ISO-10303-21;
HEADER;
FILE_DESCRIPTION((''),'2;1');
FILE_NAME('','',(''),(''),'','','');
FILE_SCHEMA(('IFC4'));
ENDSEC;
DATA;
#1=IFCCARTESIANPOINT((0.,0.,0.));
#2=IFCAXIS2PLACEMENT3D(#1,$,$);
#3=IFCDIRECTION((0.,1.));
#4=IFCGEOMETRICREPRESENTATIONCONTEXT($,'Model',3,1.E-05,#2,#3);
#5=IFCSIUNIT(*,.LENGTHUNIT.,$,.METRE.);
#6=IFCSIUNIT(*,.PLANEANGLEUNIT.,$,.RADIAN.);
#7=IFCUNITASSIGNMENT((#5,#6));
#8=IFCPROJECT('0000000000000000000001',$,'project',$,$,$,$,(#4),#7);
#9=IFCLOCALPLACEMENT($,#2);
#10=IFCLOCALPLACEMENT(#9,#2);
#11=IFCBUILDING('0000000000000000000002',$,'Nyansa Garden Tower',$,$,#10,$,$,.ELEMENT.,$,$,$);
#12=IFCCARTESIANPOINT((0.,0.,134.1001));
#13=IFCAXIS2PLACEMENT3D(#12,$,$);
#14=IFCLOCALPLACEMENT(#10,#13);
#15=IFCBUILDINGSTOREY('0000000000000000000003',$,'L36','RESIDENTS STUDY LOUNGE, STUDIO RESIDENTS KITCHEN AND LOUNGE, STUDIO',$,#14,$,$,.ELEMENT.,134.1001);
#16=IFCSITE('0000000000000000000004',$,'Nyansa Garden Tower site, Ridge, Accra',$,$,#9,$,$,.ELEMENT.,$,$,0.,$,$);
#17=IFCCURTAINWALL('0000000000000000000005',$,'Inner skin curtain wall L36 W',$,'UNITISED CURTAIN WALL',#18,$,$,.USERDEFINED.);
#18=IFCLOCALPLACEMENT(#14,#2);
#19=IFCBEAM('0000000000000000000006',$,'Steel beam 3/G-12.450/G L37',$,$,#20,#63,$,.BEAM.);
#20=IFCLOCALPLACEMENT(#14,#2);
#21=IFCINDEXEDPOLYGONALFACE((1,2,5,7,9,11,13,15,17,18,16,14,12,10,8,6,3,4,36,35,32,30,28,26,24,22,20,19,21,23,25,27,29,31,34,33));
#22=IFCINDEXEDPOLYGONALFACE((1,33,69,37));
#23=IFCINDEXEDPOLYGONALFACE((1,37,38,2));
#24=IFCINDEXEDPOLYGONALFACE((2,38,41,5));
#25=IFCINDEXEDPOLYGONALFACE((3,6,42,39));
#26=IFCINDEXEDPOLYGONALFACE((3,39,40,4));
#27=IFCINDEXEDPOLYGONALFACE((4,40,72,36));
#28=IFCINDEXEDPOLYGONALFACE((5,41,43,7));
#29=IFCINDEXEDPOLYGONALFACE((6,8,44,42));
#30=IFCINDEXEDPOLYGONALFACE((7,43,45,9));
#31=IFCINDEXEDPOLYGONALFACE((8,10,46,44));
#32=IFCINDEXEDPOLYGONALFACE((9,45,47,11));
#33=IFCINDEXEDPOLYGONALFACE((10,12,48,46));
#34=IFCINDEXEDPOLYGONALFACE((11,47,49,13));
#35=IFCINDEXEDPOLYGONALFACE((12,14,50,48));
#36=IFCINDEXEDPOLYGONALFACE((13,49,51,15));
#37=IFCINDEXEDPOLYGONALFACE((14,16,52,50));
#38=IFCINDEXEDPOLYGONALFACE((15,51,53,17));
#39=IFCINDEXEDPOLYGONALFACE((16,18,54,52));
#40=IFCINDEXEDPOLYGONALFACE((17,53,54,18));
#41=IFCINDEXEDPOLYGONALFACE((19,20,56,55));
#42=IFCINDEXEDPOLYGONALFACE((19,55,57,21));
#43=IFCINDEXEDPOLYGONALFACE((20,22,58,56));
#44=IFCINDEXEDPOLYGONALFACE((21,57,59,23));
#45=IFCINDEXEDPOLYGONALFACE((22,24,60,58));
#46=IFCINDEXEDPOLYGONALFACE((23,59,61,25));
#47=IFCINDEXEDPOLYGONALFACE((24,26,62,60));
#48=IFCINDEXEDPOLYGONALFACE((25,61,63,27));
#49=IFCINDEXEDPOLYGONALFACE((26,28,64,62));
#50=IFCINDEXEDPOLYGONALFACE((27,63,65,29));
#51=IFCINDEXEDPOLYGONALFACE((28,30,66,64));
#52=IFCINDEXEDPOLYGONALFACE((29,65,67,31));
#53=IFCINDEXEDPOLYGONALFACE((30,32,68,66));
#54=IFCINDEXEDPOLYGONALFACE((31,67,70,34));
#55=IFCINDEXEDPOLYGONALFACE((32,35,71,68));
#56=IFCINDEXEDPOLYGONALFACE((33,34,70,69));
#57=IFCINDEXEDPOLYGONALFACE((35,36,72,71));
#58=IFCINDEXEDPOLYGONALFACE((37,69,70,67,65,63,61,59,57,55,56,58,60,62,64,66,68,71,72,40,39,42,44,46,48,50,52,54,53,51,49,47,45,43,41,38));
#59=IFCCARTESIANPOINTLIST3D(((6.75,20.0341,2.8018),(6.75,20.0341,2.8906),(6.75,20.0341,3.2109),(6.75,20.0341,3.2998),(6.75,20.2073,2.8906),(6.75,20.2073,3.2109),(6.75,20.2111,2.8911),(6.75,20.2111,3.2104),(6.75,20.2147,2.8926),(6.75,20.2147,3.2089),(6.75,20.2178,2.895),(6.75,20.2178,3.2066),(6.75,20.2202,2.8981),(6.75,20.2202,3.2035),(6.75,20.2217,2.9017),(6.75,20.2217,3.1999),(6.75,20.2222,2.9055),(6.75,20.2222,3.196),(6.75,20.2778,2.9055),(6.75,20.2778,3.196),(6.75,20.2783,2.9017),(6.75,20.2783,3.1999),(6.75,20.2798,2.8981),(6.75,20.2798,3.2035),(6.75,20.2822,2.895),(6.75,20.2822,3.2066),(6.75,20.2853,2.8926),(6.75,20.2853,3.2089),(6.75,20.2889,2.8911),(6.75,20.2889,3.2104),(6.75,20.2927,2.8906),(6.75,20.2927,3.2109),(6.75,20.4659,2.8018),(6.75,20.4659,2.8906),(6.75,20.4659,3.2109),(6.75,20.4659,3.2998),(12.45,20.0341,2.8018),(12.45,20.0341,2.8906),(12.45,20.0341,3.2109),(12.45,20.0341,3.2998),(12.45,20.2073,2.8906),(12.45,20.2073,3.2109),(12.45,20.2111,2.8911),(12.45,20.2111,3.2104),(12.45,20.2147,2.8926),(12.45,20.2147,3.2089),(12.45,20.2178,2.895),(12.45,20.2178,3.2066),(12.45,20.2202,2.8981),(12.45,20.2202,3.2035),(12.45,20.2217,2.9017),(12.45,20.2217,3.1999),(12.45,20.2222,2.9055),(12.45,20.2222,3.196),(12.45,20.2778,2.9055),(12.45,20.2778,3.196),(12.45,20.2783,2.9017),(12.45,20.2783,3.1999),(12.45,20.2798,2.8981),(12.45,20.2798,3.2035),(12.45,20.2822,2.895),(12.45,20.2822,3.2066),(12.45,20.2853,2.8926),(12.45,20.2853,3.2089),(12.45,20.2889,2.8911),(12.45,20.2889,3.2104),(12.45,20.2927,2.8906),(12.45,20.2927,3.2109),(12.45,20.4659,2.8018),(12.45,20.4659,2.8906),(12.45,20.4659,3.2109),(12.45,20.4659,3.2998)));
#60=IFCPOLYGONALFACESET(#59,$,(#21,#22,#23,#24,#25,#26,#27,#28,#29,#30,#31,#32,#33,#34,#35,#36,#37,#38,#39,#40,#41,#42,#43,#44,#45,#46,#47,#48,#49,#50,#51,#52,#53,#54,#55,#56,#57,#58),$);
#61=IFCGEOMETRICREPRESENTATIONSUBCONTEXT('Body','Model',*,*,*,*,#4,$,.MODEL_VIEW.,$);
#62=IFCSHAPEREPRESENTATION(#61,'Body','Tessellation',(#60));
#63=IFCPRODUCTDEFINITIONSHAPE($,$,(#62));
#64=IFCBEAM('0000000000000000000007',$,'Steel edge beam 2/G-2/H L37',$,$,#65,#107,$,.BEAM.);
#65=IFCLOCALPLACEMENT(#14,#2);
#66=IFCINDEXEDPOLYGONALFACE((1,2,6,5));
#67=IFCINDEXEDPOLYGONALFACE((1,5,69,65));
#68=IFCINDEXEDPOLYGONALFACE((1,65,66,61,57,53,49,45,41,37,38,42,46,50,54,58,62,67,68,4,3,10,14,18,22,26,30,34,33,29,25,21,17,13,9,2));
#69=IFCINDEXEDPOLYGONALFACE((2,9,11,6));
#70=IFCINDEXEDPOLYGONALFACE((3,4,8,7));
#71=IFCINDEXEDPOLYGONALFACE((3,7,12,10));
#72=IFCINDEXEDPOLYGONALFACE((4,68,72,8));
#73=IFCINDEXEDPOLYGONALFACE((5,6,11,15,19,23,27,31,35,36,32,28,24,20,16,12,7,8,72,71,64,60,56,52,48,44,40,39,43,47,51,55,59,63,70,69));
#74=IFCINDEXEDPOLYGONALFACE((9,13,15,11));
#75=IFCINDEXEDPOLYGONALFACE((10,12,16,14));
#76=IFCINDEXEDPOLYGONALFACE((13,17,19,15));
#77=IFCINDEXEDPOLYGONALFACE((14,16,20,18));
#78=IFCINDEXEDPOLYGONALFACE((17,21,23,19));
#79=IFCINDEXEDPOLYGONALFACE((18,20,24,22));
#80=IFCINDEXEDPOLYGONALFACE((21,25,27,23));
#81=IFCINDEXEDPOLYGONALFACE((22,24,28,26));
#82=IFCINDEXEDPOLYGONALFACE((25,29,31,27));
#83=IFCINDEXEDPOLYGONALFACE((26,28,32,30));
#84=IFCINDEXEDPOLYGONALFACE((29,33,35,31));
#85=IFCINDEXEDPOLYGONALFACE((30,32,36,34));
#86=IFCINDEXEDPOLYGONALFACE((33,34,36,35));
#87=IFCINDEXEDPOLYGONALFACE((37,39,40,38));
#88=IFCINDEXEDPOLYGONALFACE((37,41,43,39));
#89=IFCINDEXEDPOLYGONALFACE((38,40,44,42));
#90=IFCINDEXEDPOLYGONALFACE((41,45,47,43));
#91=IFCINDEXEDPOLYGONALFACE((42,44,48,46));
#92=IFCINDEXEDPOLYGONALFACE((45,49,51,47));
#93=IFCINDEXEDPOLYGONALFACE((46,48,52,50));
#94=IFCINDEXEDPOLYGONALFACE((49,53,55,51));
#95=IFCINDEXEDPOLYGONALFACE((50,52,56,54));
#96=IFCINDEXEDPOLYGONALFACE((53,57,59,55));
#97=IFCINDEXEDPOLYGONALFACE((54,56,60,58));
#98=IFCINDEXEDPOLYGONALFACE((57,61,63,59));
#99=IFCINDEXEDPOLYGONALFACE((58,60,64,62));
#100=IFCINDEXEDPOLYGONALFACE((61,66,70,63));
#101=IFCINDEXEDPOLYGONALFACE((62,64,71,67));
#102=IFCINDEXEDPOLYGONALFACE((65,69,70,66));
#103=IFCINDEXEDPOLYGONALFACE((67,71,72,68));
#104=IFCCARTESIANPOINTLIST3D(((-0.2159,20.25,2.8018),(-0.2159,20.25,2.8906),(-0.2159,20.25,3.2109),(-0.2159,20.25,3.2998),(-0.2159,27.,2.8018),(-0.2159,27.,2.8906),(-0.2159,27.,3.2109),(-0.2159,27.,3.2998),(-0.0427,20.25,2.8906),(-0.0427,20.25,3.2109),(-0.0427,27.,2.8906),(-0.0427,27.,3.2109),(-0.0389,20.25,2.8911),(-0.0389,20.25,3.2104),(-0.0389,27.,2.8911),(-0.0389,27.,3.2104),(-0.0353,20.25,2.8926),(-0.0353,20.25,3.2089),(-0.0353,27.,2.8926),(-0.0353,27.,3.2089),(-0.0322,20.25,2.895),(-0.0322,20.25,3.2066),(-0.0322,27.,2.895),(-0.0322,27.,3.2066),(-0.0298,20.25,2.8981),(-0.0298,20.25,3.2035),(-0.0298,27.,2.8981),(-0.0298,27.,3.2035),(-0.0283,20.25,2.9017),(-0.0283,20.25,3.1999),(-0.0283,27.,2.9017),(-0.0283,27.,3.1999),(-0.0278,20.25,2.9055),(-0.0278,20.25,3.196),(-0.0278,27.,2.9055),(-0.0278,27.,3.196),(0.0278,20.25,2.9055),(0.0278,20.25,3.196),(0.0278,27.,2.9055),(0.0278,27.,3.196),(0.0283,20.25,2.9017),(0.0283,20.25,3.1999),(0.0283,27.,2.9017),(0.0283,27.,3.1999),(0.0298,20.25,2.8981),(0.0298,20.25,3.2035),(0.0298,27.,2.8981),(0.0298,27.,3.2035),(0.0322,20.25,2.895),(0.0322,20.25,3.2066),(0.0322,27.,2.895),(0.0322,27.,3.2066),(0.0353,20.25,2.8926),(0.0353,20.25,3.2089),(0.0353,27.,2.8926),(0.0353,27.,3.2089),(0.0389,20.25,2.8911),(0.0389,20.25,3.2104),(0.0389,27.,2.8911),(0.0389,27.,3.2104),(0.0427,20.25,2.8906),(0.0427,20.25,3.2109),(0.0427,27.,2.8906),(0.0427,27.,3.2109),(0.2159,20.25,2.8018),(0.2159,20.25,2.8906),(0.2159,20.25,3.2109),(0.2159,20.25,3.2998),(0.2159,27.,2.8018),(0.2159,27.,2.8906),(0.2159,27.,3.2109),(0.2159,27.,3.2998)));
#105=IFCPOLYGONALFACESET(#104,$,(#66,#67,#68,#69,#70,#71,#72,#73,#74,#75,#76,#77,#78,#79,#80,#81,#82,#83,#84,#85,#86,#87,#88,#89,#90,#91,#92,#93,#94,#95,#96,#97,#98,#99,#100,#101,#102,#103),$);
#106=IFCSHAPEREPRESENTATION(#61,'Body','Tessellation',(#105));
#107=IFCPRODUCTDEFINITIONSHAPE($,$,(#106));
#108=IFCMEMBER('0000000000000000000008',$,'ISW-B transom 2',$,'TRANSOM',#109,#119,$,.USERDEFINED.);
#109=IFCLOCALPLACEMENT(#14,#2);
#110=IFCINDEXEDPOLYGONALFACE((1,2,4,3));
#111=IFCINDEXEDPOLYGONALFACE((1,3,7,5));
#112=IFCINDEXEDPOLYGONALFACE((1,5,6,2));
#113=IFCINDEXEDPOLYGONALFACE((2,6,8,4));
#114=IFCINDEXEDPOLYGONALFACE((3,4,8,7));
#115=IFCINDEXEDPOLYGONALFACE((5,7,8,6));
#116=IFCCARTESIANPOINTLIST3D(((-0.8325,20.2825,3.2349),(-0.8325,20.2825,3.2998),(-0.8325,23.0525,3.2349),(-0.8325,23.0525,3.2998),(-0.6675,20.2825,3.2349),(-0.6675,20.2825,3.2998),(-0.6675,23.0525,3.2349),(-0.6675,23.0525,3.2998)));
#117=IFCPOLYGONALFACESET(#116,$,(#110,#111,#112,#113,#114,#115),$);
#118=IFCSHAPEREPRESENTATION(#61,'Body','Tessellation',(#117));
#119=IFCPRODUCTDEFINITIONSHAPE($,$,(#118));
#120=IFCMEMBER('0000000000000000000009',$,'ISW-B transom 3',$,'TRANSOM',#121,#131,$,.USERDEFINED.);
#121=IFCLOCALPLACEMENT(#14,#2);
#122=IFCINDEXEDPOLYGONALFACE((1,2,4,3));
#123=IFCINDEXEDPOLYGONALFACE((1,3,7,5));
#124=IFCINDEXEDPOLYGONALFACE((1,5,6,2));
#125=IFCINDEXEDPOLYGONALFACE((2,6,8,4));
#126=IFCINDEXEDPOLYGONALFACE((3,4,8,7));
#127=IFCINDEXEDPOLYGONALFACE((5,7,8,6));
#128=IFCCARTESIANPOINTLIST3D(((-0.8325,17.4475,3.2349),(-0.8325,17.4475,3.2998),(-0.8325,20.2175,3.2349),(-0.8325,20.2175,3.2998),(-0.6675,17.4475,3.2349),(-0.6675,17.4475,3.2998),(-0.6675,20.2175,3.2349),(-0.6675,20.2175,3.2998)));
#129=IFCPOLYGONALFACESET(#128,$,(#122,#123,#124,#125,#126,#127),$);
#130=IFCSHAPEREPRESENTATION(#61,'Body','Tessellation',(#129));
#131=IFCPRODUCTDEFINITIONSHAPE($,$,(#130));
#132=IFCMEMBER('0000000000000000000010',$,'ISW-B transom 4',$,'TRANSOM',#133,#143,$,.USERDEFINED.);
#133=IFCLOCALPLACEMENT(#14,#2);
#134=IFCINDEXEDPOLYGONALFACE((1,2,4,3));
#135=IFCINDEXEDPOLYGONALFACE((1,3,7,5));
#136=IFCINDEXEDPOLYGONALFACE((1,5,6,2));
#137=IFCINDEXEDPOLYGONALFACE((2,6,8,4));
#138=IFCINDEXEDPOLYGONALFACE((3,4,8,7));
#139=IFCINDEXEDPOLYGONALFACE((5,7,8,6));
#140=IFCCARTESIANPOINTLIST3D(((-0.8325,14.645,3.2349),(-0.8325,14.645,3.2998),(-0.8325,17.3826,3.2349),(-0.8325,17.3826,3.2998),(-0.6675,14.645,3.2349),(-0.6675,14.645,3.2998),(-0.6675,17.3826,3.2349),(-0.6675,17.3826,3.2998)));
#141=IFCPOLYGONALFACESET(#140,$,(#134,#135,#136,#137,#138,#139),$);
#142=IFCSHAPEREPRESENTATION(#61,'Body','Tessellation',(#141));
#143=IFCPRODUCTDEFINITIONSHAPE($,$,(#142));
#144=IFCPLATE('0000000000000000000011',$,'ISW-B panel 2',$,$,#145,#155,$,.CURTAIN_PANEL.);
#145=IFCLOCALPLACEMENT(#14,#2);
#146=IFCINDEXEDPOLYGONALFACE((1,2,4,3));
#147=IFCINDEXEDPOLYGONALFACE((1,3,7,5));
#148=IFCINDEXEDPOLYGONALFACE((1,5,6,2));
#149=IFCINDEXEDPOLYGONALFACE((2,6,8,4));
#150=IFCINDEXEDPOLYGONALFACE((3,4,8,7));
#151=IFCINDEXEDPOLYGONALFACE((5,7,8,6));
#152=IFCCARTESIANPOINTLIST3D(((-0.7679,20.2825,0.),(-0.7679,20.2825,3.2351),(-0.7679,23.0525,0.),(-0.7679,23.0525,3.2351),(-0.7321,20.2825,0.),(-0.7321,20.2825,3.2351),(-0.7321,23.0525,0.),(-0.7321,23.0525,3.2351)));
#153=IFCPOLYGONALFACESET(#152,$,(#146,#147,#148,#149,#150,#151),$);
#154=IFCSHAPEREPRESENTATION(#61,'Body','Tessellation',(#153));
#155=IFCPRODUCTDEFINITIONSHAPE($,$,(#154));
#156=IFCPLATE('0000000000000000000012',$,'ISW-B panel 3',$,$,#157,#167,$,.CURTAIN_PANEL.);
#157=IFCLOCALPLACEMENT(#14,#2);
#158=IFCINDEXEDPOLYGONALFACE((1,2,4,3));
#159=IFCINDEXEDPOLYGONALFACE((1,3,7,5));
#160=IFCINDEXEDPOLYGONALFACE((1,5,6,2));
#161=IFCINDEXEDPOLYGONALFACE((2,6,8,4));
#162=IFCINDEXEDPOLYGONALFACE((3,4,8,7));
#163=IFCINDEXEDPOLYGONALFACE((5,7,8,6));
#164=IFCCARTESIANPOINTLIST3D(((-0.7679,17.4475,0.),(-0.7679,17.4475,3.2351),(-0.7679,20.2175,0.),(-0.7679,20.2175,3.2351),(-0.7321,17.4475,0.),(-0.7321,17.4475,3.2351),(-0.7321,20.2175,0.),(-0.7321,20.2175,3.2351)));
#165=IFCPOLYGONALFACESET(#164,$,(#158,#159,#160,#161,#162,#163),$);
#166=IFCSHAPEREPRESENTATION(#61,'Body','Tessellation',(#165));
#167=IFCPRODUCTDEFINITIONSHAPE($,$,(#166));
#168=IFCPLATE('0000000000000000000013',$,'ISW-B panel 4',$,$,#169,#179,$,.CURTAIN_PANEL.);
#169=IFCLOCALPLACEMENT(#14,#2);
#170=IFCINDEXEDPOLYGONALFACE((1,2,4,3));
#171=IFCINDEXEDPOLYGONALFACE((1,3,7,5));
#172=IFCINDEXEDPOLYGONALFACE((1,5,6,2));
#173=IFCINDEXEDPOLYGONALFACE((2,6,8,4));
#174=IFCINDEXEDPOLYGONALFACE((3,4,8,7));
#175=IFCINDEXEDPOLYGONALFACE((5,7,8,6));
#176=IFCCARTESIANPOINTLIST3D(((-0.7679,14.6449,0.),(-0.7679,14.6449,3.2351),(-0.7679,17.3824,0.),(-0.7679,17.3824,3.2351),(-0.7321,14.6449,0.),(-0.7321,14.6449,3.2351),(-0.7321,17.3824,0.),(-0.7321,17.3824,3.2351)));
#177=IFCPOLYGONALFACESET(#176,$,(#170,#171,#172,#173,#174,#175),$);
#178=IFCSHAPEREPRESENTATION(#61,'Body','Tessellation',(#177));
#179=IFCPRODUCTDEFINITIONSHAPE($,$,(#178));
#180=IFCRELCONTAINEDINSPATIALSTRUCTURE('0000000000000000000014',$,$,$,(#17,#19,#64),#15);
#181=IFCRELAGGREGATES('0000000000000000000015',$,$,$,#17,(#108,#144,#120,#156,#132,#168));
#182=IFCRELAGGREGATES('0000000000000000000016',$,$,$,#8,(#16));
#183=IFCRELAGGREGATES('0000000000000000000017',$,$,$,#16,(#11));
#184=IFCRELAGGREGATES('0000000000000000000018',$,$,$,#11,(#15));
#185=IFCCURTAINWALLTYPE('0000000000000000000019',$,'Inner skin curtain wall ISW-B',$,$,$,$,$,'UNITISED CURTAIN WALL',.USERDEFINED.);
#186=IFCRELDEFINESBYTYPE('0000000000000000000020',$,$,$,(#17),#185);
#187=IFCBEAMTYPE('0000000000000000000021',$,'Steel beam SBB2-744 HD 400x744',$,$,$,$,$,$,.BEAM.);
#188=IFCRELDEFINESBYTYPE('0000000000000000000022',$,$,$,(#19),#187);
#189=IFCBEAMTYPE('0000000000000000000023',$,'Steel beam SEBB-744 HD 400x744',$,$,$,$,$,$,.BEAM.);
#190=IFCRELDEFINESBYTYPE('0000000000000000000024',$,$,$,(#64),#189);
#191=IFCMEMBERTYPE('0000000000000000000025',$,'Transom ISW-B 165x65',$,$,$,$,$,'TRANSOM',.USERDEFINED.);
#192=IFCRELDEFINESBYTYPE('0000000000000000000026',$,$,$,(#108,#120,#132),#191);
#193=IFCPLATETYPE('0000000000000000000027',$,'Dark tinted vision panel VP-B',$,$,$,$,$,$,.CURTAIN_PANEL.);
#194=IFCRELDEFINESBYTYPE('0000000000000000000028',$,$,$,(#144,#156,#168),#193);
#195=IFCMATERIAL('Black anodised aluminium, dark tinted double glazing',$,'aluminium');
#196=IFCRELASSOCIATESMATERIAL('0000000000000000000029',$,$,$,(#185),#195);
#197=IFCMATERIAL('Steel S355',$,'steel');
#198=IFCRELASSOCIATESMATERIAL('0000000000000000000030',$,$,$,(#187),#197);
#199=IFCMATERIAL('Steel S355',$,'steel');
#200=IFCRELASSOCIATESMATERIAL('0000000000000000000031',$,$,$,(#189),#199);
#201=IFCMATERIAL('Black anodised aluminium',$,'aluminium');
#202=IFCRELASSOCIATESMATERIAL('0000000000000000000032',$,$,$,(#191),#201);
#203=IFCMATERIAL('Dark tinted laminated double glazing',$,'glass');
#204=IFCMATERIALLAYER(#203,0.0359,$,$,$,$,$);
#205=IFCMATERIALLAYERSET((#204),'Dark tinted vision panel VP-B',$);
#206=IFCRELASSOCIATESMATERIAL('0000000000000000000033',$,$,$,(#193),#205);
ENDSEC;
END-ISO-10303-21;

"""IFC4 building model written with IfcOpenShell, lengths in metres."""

from ifc_helpers import new_model, si_unit, direction, frame, origin, origin_2d, place, context, subcontext, project, spatial, rectangle, i_section, extrude, material, layer, layer_set, material_profile, profile_set, type_object, element, aggregate, save


model = new_model("IFC4")

# Units and contexts
model_context = context("Model", 3, precision=1e-05, world=origin(), true_north=direction((0.0, 1.0)))
body_context = subcontext(model_context, "Body", "Model", "MODEL_VIEW")
ifc_project = project(units=[si_unit("LENGTHUNIT", "METRE"), si_unit("PLANEANGLEUNIT", "RADIAN")], contexts=[model_context])

# Site, building, storey
site_placement = place(None, origin())
site = spatial("IfcSite", under=ifc_project, at=site_placement, Name="Nyansa Garden Tower site, Ridge, Accra", CompositionType="ELEMENT", RefElevation=0.0)
building_placement = place(site_placement, origin())
building = spatial("IfcBuilding", under=site, at=building_placement, Name="Nyansa Garden Tower", CompositionType="ELEMENT")
storey_placement = place(building_placement, frame((0.0, 0.0, 134.1001)))
storey = spatial("IfcBuildingStorey", under=building, at=storey_placement, Name="L36", Description="RESIDENTS STUDY LOUNGE, STUDIO RESIDENTS KITCHEN AND LOUNGE, STUDIO", CompositionType="ELEMENT", Elevation=134.1001)

# Curtain wall
ifc_material_1 = material(Name="Black anodised aluminium, dark tinted double glazing", Category="aluminium")
curtain_wall_type = type_object("IfcCurtainWallType", Name="Inner skin curtain wall ISW-B", ElementType="UNITISED CURTAIN WALL", PredefinedType="USERDEFINED", material=ifc_material_1)
curtain_wall_placement = place(storey_placement, origin())
curtain_wall = element("IfcCurtainWall", 1, at=curtain_wall_placement, inside=storey, type_object=curtain_wall_type, Name="Inner skin curtain wall L36 W", ObjectType="UNITISED CURTAIN WALL", PredefinedType="USERDEFINED")

# Beams
ifc_material_2 = material(Name="Steel S355", Category="steel")
ifc_material_profile_1 = material_profile(ifc_material_2, i_section(OverallWidth=0.4319, OverallDepth=0.498, WebThickness=0.0557, FlangeThickness=0.0889, FilletRadius=0.0149, at=origin_2d()), Name="HD 400x744")
ifc_profile_set_1 = profile_set([ifc_material_profile_1], Name="Steel S355")
beam_type_1 = type_object("IfcBeamType", Name="Steel beam SBB2-744 HD 400x744", PredefinedType="BEAM", material=ifc_profile_set_1)
beam_1_placement = place(storey_placement, frame((6.75, 20.25, 3.0508), z_axis=(1.0, 0.0, 0.0), x_axis=(0.0, 1.0, 0.0)))
element("IfcBeam", 2, at=beam_1_placement, inside=storey, type_object=beam_type_1, Name="Steel beam 3/G-12.450/G L37", PredefinedType="BEAM", context=body_context, shape_type="SweptSolid", body=[
    extrude(i_section(OverallWidth=0.4319, OverallDepth=0.498, WebThickness=0.0557, FlangeThickness=0.0889, FilletRadius=0.0149, at=origin_2d()), origin(), (0.0, 0.0, 1.0), 5.7),
])
ifc_material_3 = material(Name="Steel S355", Category="steel")
ifc_material_profile_2 = material_profile(ifc_material_3, i_section(OverallWidth=0.4319, OverallDepth=0.498, WebThickness=0.0557, FlangeThickness=0.0889, FilletRadius=0.0149, at=origin_2d()), Name="HD 400x744")
ifc_profile_set_2 = profile_set([ifc_material_profile_2], Name="Steel S355")
beam_type_2 = type_object("IfcBeamType", Name="Steel beam SEBB-744 HD 400x744", PredefinedType="BEAM", material=ifc_profile_set_2)
beam_2_placement = place(storey_placement, frame((0.0, 20.25, 3.0508), z_axis=(0.0, 1.0, 0.0), x_axis=(-1.0, 0.0, 0.0)))
element("IfcBeam", 3, at=beam_2_placement, inside=storey, type_object=beam_type_2, Name="Steel edge beam 2/G-2/H L37", PredefinedType="BEAM", context=body_context, shape_type="SweptSolid", body=[
    extrude(i_section(OverallWidth=0.4319, OverallDepth=0.498, WebThickness=0.0557, FlangeThickness=0.0889, FilletRadius=0.0149, at=origin_2d()), origin(), (0.0, 0.0, 1.0), 6.75),
])

# Members
ifc_material_4 = material(Name="Black anodised aluminium", Category="aluminium")
ifc_material_profile_3 = material_profile(ifc_material_4, rectangle(XDim=0.165, YDim=0.0649, at=origin_2d()), Name="Transom 165x65")
ifc_profile_set_3 = profile_set([ifc_material_profile_3], Name="Black anodised aluminium")
member_type_1 = type_object("IfcMemberType", Name="Transom ISW-B 165x65", ElementType="TRANSOM", PredefinedType="USERDEFINED", material=ifc_profile_set_3)
member_1_placement = place(storey_placement, frame((-0.75, 23.0525, 3.2673), z_axis=(0.0, -1.0, 0.0), x_axis=(1.0, 0.0, 0.0)))
member_1 = element("IfcMember", 4, at=member_1_placement, type_object=member_type_1, Name="ISW-B transom 2", ObjectType="TRANSOM", PredefinedType="USERDEFINED", context=body_context, shape_type="SweptSolid", body=[
    extrude(rectangle(XDim=0.165, YDim=0.0649, at=origin_2d()), origin(), (0.0, 0.0, 1.0), 2.77),
])
member_2_placement = place(storey_placement, frame((-0.75, 20.2175, 3.2673), z_axis=(0.0, -1.0, 0.0), x_axis=(1.0, 0.0, 0.0)))
member_2 = element("IfcMember", 5, at=member_2_placement, type_object=member_type_1, Name="ISW-B transom 3", ObjectType="TRANSOM", PredefinedType="USERDEFINED", context=body_context, shape_type="SweptSolid", body=[
    extrude(rectangle(XDim=0.165, YDim=0.0649, at=origin_2d()), origin(), (0.0, 0.0, 1.0), 2.77),
])
member_3_placement = place(storey_placement, frame((-0.75, 17.3826, 3.2673), z_axis=(0.0, -1.0, 0.0), x_axis=(1.0, 0.0, 0.0)))
member_3 = element("IfcMember", 6, at=member_3_placement, type_object=member_type_1, Name="ISW-B transom 4", ObjectType="TRANSOM", PredefinedType="USERDEFINED", context=body_context, shape_type="SweptSolid", body=[
    extrude(rectangle(XDim=0.165, YDim=0.0649, at=origin_2d()), origin(), (0.0, 0.0, 1.0), 2.7375),
])

# Plates
ifc_material_5 = material(Name="Dark tinted laminated double glazing", Category="glass")
ifc_layer_1 = layer(ifc_material_5, 0.0359)
ifc_layer_set_1 = layer_set([ifc_layer_1], Name="Dark tinted vision panel VP-B")
plate_type_1 = type_object("IfcPlateType", Name="Dark tinted vision panel VP-B", PredefinedType="CURTAIN_PANEL", material=ifc_layer_set_1)
plate_1_placement = place(storey_placement, frame((-0.75, 21.6675, 0.0), z_axis=(0.0, 0.0, 1.0), x_axis=(0.0, -1.0, 0.0)))
plate_1 = element("IfcPlate", 7, at=plate_1_placement, type_object=plate_type_1, Name="ISW-B panel 2", PredefinedType="CURTAIN_PANEL", context=body_context, shape_type="SweptSolid", body=[
    extrude(rectangle(XDim=2.77, YDim=0.0359, at=origin_2d()), origin(), (0.0, 0.0, 1.0), 3.2351),
])
plate_2_placement = place(storey_placement, frame((-0.75, 18.8325, 0.0), z_axis=(0.0, 0.0, 1.0), x_axis=(0.0, -1.0, 0.0)))
plate_2 = element("IfcPlate", 8, at=plate_2_placement, type_object=plate_type_1, Name="ISW-B panel 3", PredefinedType="CURTAIN_PANEL", context=body_context, shape_type="SweptSolid", body=[
    extrude(rectangle(XDim=2.77, YDim=0.0359, at=origin_2d()), origin(), (0.0, 0.0, 1.0), 3.2351),
])
plate_3_placement = place(storey_placement, frame((-0.75, 16.0137, 0.0), z_axis=(0.0, 0.0, 1.0), x_axis=(0.0, -1.0, 0.0)))
plate_3 = element("IfcPlate", 9, at=plate_3_placement, type_object=plate_type_1, Name="ISW-B panel 4", PredefinedType="CURTAIN_PANEL", context=body_context, shape_type="SweptSolid", body=[
    extrude(rectangle(XDim=2.7375, YDim=0.0359, at=origin_2d()), origin(), (0.0, 0.0, 1.0), 3.2351),
])
aggregate(curtain_wall, [member_1, plate_1, member_2, plate_2, member_3, plate_3])

save(model, "model.ifc")
